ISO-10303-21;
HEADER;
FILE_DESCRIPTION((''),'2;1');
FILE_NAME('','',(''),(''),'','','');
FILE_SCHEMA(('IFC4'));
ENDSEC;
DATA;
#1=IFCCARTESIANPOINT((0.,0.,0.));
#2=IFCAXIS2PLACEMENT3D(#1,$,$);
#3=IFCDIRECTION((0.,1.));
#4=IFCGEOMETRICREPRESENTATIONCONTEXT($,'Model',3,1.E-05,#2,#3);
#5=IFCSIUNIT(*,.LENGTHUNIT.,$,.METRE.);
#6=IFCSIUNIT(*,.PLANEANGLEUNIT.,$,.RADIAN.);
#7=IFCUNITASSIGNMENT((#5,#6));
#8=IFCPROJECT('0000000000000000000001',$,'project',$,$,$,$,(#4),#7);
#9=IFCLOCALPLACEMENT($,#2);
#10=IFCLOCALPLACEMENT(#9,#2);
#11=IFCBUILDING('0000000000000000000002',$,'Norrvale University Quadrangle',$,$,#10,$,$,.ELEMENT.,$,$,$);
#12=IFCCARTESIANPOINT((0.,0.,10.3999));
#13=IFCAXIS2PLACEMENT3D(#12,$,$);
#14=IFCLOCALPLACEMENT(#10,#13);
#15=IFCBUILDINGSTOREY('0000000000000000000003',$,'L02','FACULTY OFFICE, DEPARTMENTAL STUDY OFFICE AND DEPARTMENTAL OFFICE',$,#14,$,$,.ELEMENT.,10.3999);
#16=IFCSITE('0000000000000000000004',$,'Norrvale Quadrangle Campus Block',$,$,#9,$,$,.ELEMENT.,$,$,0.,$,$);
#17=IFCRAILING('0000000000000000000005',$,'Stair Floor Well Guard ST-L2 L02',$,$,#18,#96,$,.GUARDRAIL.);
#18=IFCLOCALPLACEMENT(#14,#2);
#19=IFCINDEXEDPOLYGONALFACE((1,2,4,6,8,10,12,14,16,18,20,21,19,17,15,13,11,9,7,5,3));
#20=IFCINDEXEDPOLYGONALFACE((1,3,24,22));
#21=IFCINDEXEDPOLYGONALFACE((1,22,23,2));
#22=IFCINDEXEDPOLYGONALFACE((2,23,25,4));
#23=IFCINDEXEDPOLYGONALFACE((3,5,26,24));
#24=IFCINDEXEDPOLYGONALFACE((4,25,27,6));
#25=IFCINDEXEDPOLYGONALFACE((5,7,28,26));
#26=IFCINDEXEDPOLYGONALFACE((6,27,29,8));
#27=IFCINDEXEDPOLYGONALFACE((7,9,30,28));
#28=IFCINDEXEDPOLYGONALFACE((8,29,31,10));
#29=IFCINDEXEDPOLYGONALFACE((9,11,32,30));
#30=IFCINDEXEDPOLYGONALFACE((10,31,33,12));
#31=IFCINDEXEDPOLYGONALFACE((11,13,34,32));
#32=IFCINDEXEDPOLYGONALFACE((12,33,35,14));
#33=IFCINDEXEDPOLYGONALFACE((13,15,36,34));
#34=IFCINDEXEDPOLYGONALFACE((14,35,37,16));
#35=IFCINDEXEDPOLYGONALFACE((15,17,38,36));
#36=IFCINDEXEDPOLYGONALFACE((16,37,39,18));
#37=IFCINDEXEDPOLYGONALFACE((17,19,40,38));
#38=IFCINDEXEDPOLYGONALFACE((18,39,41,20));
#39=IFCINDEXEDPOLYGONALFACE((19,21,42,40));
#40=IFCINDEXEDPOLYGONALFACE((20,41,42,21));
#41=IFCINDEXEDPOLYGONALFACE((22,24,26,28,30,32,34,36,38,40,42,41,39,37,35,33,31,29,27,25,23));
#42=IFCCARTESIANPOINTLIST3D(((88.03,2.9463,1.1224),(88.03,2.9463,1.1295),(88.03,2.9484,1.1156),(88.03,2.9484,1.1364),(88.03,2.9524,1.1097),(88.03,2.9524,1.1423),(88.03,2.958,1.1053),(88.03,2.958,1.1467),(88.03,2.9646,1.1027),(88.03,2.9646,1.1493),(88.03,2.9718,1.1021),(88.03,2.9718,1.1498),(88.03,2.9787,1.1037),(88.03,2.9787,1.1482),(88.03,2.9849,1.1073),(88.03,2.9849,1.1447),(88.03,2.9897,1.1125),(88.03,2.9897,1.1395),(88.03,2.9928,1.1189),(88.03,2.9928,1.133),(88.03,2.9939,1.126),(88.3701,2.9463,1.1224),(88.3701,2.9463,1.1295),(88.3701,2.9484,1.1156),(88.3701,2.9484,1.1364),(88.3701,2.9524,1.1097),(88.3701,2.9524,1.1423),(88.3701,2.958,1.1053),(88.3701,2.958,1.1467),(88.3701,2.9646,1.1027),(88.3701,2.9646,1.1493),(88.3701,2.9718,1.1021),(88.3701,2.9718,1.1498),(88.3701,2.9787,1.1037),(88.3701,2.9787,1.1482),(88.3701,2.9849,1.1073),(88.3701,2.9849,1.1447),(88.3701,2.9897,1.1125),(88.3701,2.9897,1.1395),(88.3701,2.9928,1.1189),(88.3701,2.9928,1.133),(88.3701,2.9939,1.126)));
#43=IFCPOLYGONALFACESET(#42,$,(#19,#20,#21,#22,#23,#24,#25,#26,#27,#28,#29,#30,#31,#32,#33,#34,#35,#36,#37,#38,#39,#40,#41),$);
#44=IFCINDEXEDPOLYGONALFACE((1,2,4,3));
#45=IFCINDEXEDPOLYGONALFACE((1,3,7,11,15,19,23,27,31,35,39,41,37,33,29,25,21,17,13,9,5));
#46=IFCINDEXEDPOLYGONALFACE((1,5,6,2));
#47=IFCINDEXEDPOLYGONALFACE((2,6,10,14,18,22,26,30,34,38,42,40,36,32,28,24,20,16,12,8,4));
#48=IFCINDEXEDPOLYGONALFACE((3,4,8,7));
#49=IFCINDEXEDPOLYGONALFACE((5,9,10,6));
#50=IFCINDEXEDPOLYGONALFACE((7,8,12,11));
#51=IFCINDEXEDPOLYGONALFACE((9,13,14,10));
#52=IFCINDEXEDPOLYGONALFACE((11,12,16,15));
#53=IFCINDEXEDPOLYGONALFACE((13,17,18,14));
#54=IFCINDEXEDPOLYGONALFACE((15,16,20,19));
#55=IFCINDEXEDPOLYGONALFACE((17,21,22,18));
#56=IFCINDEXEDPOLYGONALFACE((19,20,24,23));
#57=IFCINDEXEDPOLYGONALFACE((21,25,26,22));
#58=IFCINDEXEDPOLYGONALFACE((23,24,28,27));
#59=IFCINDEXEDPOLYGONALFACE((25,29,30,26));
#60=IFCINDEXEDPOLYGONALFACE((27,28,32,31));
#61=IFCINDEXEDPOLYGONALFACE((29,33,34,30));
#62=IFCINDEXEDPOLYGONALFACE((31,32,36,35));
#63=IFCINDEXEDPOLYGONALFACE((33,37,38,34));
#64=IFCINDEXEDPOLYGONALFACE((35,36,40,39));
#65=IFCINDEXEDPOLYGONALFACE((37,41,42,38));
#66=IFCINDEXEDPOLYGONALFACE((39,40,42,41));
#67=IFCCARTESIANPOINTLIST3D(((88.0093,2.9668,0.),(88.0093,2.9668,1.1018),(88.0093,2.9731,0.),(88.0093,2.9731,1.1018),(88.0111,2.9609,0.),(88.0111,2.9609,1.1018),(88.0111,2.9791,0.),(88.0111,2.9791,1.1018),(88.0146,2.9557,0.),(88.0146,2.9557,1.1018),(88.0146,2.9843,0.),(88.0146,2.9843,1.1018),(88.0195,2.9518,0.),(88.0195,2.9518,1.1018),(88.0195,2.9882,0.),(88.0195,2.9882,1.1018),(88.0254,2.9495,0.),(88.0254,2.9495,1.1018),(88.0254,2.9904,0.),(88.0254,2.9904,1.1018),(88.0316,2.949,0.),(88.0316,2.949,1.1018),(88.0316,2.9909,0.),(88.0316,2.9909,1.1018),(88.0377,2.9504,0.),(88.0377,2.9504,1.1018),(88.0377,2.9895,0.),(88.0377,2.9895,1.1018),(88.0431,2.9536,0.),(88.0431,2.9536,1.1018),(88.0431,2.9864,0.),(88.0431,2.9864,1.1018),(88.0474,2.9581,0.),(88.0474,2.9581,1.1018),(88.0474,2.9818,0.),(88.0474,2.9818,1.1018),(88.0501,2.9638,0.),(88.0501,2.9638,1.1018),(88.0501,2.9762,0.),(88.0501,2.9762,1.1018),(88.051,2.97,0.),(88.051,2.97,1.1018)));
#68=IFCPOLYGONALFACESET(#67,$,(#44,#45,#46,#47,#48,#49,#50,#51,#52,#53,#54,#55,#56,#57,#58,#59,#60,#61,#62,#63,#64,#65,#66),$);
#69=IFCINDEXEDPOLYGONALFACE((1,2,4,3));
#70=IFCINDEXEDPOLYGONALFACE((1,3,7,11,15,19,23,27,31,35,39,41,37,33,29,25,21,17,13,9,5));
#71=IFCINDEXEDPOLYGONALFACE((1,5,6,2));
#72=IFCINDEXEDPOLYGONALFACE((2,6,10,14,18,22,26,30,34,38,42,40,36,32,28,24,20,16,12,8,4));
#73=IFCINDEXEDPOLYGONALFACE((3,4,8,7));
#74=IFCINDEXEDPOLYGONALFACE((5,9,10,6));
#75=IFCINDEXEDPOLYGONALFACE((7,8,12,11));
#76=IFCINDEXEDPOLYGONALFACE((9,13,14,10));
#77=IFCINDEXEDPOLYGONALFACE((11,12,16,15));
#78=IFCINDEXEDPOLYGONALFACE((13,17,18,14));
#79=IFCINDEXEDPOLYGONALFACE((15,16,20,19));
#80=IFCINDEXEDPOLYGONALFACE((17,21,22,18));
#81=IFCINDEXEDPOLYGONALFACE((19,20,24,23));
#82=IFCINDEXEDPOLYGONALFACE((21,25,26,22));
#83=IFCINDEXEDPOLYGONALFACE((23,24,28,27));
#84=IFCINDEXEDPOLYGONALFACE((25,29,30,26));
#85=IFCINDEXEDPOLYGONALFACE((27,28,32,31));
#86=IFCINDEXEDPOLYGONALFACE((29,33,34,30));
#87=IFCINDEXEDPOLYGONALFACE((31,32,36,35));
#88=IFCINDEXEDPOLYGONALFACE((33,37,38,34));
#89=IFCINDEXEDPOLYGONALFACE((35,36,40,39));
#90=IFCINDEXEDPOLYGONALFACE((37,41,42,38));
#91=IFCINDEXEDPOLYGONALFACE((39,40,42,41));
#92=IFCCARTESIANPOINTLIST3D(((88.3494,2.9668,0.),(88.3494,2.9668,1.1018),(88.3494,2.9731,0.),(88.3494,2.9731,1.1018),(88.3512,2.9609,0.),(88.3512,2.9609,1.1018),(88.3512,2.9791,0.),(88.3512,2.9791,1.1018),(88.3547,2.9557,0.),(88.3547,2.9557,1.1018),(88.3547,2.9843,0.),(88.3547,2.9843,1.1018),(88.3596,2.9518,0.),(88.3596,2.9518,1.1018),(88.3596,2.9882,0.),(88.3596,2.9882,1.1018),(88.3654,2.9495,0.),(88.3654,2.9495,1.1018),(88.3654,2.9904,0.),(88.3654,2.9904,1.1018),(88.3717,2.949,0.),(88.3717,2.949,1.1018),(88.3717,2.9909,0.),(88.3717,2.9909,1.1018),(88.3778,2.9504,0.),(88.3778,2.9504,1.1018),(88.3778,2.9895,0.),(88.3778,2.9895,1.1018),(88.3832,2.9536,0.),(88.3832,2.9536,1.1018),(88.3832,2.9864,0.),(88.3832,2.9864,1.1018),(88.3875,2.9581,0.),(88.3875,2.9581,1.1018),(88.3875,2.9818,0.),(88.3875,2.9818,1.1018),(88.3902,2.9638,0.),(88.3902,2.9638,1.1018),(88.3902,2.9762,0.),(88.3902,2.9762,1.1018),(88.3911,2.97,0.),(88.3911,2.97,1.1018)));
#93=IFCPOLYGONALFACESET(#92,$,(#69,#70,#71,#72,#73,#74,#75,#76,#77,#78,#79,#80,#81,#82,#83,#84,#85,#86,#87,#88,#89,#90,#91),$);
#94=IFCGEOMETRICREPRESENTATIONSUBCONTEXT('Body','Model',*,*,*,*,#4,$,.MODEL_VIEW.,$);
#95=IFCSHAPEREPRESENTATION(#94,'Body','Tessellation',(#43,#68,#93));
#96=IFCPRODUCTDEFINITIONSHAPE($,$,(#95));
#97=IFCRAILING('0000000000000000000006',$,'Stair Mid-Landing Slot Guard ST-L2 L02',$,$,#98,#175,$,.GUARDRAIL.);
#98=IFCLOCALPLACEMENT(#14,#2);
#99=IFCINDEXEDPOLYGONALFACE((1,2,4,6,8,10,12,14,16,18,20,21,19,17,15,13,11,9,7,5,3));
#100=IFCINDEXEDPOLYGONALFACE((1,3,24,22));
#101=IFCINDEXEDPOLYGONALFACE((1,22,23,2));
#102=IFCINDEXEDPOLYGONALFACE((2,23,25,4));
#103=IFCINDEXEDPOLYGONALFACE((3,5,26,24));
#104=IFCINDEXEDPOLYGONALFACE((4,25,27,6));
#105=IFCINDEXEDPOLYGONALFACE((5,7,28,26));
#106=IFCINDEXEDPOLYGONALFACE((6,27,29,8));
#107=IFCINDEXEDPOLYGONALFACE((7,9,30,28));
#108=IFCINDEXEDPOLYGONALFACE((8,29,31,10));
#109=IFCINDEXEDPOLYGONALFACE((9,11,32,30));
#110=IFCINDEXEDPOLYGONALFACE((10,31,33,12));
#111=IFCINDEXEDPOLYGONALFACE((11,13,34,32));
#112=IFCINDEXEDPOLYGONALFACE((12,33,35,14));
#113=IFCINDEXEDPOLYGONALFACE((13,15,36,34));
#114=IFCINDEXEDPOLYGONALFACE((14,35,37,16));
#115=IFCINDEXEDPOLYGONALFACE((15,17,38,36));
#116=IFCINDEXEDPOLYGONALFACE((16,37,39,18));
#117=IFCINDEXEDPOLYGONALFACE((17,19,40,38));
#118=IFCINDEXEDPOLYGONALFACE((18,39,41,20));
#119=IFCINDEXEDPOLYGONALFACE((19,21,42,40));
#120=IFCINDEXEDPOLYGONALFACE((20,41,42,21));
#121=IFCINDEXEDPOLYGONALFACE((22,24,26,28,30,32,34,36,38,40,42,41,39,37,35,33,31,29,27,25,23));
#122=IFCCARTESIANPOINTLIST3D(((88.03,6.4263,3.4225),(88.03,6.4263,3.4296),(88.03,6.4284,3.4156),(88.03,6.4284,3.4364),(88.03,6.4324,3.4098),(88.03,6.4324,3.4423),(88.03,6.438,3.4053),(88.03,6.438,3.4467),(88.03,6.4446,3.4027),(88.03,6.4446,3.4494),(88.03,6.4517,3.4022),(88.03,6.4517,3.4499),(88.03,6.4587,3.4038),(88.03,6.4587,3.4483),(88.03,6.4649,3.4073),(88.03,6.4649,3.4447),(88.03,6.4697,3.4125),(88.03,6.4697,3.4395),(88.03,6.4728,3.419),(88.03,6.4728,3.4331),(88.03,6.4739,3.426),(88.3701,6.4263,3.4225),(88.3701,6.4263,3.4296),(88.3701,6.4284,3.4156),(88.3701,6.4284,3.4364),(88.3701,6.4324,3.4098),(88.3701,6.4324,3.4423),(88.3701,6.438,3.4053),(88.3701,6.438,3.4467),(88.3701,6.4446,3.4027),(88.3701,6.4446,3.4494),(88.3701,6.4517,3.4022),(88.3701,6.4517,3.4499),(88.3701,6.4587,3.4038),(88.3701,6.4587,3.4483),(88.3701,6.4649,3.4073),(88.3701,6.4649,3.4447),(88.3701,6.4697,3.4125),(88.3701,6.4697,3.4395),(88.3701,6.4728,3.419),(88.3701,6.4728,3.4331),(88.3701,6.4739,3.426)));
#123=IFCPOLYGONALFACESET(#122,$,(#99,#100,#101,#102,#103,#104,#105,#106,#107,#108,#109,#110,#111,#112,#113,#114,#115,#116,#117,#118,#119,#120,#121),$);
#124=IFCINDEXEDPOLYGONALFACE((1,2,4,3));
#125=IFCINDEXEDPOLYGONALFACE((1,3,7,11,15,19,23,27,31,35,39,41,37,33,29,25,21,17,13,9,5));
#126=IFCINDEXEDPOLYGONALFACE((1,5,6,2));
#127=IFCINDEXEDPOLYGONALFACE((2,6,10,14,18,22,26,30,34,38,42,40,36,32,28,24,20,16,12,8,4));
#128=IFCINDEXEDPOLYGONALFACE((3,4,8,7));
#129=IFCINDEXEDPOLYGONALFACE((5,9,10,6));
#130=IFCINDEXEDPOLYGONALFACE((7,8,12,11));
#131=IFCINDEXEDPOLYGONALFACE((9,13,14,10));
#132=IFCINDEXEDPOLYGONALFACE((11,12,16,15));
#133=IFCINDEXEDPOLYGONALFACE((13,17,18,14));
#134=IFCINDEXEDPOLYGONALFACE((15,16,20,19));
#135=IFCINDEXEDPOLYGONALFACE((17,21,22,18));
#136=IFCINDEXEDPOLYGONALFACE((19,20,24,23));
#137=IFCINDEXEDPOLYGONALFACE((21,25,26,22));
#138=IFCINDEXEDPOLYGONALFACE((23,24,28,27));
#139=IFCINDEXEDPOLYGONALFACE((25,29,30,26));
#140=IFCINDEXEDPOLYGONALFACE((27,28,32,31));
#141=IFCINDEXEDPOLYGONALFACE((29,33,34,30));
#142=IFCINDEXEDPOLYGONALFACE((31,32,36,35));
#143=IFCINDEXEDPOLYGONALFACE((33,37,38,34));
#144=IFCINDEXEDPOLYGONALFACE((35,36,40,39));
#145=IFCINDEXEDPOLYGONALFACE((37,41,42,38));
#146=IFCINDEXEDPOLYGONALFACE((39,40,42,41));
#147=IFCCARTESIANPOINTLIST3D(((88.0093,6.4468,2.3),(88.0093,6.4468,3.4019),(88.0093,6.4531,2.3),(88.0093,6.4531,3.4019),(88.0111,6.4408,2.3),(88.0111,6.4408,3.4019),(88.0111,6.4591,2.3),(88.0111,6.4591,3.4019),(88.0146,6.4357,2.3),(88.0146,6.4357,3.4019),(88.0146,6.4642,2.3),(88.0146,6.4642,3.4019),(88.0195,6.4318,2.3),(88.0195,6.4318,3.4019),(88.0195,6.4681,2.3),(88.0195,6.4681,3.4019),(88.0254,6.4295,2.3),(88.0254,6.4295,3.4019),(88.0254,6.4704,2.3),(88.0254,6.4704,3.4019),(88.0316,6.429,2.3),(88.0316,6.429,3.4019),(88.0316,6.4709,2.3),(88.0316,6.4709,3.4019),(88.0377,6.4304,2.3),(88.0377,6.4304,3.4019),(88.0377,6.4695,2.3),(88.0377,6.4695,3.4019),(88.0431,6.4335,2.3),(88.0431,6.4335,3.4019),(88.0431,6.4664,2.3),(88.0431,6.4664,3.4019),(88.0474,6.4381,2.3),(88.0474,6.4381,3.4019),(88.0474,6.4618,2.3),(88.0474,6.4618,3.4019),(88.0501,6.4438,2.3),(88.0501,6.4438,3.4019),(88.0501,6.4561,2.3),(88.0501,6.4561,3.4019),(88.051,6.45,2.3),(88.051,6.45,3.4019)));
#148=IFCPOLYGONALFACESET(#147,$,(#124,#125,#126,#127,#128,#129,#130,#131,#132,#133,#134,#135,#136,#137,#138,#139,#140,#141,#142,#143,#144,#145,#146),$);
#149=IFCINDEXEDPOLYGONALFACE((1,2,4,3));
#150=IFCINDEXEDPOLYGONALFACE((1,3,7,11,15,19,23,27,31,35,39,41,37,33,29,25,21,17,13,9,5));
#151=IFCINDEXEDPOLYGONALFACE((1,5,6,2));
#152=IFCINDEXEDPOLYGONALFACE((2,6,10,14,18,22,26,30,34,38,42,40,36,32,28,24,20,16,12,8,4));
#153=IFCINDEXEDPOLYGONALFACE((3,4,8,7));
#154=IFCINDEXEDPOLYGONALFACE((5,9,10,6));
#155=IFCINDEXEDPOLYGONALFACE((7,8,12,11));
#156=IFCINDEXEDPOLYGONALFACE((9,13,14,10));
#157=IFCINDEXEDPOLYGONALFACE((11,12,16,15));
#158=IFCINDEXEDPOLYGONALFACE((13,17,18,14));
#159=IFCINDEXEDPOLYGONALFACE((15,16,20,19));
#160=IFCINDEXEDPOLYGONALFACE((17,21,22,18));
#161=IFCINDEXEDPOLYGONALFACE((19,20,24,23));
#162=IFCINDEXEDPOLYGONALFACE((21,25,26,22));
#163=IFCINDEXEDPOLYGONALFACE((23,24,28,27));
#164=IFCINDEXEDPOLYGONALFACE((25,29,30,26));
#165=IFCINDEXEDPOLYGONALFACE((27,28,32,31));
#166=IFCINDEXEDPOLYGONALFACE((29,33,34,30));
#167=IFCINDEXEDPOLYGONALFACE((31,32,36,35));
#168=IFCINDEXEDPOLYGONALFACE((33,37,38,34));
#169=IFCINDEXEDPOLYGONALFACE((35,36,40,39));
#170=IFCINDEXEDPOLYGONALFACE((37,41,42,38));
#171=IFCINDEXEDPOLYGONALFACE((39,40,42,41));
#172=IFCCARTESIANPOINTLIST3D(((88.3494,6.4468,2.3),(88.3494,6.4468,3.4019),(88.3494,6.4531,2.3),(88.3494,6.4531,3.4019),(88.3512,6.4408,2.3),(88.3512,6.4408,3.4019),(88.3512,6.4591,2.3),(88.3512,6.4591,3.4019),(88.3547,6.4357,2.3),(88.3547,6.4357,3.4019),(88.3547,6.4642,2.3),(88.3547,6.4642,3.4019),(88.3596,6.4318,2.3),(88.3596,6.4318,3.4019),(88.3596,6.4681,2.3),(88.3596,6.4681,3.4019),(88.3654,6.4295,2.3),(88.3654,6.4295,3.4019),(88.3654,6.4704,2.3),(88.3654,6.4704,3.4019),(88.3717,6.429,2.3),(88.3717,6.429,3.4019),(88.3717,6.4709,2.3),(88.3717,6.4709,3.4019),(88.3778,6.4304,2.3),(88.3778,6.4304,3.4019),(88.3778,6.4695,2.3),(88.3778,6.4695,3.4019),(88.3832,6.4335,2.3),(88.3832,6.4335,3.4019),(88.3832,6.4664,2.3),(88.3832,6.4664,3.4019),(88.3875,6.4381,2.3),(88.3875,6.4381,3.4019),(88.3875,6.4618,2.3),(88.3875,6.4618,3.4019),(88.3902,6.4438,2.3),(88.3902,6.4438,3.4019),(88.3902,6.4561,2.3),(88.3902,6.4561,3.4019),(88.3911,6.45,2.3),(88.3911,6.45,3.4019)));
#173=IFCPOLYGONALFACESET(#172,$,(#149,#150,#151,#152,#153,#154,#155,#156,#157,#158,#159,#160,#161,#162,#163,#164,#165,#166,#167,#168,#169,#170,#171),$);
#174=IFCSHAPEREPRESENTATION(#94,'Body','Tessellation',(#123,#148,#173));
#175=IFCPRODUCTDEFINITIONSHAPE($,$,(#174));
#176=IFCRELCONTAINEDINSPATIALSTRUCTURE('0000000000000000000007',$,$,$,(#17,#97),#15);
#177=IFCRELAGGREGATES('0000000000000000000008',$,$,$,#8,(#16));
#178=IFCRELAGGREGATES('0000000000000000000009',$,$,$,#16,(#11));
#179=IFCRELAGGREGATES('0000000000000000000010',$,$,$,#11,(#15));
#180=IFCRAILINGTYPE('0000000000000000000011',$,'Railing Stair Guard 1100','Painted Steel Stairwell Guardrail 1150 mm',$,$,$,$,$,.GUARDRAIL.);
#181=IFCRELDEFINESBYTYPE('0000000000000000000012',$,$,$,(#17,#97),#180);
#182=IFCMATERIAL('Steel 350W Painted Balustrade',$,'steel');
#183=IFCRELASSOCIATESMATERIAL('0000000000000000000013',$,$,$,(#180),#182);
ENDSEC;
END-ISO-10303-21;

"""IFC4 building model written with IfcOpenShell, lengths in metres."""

from ifc_helpers import new_model, si_unit, direction, frame, origin, origin_2d, place, context, subcontext, project, spatial, circle, extrude, material, type_object, element, save


model = new_model("IFC4")

# Units and contexts
model_context = context("Model", 3, precision=1e-05, world=origin(), true_north=direction((0.0, 1.0)))
body_context = subcontext(model_context, "Body", "Model", "MODEL_VIEW")
ifc_project = project(units=[si_unit("LENGTHUNIT", "METRE"), si_unit("PLANEANGLEUNIT", "RADIAN")], contexts=[model_context])

# Site, building, storey
site_placement = place(None, origin())
site = spatial("IfcSite", under=ifc_project, at=site_placement, Name="Norrvale Quadrangle Campus Block", CompositionType="ELEMENT", RefElevation=0.0)
building_placement = place(site_placement, origin())
building = spatial("IfcBuilding", under=site, at=building_placement, Name="Norrvale University Quadrangle", CompositionType="ELEMENT")
storey_placement = place(building_placement, frame((0.0, 0.0, 10.3999)))
storey = spatial("IfcBuildingStorey", under=building, at=storey_placement, Name="L02", Description="FACULTY OFFICE, DEPARTMENTAL STUDY OFFICE AND DEPARTMENTAL OFFICE", CompositionType="ELEMENT", Elevation=10.3999)

# Railings
ifc_material_1 = material(Name="Steel 350W Painted Balustrade", Category="steel")
railing_type_1 = type_object("IfcRailingType", Name="Railing Stair Guard 1100", Description="Painted Steel Stairwell Guardrail 1150 mm", PredefinedType="GUARDRAIL", material=ifc_material_1)
for number, where, name in (
    (1, (88.03, 2.97, 0.0), "Stair Floor Well Guard ST-L2 L02"),
    (2, (88.03, 6.45, 2.3), "Stair Mid-Landing Slot Guard ST-L2 L02"),
):
    element("IfcRailing", number, at=place(storey_placement, frame(where)), inside=storey, type_object=railing_type_1, Name=name, PredefinedType="GUARDRAIL", context=body_context, shape_type="SweptSolid", body=[
        extrude(circle(Radius=0.0239, at=origin_2d()), frame((0.0, 0.0, 1.126), z_axis=(1.0, 0.0, 0.0), x_axis=(0.0, 1.0, 0.0)), (0.0, 0.0, 1.0), 0.3401),
        extrude(circle(Radius=0.021, at=origin_2d()), origin(), (0.0, 0.0, 1.0), 1.1018),
        extrude(circle(Radius=0.021, at=origin_2d()), frame((0.3401, 0.0, 0.0)), (0.0, 0.0, 1.0), 1.1018),
    ])

save(model, "model.ifc")
